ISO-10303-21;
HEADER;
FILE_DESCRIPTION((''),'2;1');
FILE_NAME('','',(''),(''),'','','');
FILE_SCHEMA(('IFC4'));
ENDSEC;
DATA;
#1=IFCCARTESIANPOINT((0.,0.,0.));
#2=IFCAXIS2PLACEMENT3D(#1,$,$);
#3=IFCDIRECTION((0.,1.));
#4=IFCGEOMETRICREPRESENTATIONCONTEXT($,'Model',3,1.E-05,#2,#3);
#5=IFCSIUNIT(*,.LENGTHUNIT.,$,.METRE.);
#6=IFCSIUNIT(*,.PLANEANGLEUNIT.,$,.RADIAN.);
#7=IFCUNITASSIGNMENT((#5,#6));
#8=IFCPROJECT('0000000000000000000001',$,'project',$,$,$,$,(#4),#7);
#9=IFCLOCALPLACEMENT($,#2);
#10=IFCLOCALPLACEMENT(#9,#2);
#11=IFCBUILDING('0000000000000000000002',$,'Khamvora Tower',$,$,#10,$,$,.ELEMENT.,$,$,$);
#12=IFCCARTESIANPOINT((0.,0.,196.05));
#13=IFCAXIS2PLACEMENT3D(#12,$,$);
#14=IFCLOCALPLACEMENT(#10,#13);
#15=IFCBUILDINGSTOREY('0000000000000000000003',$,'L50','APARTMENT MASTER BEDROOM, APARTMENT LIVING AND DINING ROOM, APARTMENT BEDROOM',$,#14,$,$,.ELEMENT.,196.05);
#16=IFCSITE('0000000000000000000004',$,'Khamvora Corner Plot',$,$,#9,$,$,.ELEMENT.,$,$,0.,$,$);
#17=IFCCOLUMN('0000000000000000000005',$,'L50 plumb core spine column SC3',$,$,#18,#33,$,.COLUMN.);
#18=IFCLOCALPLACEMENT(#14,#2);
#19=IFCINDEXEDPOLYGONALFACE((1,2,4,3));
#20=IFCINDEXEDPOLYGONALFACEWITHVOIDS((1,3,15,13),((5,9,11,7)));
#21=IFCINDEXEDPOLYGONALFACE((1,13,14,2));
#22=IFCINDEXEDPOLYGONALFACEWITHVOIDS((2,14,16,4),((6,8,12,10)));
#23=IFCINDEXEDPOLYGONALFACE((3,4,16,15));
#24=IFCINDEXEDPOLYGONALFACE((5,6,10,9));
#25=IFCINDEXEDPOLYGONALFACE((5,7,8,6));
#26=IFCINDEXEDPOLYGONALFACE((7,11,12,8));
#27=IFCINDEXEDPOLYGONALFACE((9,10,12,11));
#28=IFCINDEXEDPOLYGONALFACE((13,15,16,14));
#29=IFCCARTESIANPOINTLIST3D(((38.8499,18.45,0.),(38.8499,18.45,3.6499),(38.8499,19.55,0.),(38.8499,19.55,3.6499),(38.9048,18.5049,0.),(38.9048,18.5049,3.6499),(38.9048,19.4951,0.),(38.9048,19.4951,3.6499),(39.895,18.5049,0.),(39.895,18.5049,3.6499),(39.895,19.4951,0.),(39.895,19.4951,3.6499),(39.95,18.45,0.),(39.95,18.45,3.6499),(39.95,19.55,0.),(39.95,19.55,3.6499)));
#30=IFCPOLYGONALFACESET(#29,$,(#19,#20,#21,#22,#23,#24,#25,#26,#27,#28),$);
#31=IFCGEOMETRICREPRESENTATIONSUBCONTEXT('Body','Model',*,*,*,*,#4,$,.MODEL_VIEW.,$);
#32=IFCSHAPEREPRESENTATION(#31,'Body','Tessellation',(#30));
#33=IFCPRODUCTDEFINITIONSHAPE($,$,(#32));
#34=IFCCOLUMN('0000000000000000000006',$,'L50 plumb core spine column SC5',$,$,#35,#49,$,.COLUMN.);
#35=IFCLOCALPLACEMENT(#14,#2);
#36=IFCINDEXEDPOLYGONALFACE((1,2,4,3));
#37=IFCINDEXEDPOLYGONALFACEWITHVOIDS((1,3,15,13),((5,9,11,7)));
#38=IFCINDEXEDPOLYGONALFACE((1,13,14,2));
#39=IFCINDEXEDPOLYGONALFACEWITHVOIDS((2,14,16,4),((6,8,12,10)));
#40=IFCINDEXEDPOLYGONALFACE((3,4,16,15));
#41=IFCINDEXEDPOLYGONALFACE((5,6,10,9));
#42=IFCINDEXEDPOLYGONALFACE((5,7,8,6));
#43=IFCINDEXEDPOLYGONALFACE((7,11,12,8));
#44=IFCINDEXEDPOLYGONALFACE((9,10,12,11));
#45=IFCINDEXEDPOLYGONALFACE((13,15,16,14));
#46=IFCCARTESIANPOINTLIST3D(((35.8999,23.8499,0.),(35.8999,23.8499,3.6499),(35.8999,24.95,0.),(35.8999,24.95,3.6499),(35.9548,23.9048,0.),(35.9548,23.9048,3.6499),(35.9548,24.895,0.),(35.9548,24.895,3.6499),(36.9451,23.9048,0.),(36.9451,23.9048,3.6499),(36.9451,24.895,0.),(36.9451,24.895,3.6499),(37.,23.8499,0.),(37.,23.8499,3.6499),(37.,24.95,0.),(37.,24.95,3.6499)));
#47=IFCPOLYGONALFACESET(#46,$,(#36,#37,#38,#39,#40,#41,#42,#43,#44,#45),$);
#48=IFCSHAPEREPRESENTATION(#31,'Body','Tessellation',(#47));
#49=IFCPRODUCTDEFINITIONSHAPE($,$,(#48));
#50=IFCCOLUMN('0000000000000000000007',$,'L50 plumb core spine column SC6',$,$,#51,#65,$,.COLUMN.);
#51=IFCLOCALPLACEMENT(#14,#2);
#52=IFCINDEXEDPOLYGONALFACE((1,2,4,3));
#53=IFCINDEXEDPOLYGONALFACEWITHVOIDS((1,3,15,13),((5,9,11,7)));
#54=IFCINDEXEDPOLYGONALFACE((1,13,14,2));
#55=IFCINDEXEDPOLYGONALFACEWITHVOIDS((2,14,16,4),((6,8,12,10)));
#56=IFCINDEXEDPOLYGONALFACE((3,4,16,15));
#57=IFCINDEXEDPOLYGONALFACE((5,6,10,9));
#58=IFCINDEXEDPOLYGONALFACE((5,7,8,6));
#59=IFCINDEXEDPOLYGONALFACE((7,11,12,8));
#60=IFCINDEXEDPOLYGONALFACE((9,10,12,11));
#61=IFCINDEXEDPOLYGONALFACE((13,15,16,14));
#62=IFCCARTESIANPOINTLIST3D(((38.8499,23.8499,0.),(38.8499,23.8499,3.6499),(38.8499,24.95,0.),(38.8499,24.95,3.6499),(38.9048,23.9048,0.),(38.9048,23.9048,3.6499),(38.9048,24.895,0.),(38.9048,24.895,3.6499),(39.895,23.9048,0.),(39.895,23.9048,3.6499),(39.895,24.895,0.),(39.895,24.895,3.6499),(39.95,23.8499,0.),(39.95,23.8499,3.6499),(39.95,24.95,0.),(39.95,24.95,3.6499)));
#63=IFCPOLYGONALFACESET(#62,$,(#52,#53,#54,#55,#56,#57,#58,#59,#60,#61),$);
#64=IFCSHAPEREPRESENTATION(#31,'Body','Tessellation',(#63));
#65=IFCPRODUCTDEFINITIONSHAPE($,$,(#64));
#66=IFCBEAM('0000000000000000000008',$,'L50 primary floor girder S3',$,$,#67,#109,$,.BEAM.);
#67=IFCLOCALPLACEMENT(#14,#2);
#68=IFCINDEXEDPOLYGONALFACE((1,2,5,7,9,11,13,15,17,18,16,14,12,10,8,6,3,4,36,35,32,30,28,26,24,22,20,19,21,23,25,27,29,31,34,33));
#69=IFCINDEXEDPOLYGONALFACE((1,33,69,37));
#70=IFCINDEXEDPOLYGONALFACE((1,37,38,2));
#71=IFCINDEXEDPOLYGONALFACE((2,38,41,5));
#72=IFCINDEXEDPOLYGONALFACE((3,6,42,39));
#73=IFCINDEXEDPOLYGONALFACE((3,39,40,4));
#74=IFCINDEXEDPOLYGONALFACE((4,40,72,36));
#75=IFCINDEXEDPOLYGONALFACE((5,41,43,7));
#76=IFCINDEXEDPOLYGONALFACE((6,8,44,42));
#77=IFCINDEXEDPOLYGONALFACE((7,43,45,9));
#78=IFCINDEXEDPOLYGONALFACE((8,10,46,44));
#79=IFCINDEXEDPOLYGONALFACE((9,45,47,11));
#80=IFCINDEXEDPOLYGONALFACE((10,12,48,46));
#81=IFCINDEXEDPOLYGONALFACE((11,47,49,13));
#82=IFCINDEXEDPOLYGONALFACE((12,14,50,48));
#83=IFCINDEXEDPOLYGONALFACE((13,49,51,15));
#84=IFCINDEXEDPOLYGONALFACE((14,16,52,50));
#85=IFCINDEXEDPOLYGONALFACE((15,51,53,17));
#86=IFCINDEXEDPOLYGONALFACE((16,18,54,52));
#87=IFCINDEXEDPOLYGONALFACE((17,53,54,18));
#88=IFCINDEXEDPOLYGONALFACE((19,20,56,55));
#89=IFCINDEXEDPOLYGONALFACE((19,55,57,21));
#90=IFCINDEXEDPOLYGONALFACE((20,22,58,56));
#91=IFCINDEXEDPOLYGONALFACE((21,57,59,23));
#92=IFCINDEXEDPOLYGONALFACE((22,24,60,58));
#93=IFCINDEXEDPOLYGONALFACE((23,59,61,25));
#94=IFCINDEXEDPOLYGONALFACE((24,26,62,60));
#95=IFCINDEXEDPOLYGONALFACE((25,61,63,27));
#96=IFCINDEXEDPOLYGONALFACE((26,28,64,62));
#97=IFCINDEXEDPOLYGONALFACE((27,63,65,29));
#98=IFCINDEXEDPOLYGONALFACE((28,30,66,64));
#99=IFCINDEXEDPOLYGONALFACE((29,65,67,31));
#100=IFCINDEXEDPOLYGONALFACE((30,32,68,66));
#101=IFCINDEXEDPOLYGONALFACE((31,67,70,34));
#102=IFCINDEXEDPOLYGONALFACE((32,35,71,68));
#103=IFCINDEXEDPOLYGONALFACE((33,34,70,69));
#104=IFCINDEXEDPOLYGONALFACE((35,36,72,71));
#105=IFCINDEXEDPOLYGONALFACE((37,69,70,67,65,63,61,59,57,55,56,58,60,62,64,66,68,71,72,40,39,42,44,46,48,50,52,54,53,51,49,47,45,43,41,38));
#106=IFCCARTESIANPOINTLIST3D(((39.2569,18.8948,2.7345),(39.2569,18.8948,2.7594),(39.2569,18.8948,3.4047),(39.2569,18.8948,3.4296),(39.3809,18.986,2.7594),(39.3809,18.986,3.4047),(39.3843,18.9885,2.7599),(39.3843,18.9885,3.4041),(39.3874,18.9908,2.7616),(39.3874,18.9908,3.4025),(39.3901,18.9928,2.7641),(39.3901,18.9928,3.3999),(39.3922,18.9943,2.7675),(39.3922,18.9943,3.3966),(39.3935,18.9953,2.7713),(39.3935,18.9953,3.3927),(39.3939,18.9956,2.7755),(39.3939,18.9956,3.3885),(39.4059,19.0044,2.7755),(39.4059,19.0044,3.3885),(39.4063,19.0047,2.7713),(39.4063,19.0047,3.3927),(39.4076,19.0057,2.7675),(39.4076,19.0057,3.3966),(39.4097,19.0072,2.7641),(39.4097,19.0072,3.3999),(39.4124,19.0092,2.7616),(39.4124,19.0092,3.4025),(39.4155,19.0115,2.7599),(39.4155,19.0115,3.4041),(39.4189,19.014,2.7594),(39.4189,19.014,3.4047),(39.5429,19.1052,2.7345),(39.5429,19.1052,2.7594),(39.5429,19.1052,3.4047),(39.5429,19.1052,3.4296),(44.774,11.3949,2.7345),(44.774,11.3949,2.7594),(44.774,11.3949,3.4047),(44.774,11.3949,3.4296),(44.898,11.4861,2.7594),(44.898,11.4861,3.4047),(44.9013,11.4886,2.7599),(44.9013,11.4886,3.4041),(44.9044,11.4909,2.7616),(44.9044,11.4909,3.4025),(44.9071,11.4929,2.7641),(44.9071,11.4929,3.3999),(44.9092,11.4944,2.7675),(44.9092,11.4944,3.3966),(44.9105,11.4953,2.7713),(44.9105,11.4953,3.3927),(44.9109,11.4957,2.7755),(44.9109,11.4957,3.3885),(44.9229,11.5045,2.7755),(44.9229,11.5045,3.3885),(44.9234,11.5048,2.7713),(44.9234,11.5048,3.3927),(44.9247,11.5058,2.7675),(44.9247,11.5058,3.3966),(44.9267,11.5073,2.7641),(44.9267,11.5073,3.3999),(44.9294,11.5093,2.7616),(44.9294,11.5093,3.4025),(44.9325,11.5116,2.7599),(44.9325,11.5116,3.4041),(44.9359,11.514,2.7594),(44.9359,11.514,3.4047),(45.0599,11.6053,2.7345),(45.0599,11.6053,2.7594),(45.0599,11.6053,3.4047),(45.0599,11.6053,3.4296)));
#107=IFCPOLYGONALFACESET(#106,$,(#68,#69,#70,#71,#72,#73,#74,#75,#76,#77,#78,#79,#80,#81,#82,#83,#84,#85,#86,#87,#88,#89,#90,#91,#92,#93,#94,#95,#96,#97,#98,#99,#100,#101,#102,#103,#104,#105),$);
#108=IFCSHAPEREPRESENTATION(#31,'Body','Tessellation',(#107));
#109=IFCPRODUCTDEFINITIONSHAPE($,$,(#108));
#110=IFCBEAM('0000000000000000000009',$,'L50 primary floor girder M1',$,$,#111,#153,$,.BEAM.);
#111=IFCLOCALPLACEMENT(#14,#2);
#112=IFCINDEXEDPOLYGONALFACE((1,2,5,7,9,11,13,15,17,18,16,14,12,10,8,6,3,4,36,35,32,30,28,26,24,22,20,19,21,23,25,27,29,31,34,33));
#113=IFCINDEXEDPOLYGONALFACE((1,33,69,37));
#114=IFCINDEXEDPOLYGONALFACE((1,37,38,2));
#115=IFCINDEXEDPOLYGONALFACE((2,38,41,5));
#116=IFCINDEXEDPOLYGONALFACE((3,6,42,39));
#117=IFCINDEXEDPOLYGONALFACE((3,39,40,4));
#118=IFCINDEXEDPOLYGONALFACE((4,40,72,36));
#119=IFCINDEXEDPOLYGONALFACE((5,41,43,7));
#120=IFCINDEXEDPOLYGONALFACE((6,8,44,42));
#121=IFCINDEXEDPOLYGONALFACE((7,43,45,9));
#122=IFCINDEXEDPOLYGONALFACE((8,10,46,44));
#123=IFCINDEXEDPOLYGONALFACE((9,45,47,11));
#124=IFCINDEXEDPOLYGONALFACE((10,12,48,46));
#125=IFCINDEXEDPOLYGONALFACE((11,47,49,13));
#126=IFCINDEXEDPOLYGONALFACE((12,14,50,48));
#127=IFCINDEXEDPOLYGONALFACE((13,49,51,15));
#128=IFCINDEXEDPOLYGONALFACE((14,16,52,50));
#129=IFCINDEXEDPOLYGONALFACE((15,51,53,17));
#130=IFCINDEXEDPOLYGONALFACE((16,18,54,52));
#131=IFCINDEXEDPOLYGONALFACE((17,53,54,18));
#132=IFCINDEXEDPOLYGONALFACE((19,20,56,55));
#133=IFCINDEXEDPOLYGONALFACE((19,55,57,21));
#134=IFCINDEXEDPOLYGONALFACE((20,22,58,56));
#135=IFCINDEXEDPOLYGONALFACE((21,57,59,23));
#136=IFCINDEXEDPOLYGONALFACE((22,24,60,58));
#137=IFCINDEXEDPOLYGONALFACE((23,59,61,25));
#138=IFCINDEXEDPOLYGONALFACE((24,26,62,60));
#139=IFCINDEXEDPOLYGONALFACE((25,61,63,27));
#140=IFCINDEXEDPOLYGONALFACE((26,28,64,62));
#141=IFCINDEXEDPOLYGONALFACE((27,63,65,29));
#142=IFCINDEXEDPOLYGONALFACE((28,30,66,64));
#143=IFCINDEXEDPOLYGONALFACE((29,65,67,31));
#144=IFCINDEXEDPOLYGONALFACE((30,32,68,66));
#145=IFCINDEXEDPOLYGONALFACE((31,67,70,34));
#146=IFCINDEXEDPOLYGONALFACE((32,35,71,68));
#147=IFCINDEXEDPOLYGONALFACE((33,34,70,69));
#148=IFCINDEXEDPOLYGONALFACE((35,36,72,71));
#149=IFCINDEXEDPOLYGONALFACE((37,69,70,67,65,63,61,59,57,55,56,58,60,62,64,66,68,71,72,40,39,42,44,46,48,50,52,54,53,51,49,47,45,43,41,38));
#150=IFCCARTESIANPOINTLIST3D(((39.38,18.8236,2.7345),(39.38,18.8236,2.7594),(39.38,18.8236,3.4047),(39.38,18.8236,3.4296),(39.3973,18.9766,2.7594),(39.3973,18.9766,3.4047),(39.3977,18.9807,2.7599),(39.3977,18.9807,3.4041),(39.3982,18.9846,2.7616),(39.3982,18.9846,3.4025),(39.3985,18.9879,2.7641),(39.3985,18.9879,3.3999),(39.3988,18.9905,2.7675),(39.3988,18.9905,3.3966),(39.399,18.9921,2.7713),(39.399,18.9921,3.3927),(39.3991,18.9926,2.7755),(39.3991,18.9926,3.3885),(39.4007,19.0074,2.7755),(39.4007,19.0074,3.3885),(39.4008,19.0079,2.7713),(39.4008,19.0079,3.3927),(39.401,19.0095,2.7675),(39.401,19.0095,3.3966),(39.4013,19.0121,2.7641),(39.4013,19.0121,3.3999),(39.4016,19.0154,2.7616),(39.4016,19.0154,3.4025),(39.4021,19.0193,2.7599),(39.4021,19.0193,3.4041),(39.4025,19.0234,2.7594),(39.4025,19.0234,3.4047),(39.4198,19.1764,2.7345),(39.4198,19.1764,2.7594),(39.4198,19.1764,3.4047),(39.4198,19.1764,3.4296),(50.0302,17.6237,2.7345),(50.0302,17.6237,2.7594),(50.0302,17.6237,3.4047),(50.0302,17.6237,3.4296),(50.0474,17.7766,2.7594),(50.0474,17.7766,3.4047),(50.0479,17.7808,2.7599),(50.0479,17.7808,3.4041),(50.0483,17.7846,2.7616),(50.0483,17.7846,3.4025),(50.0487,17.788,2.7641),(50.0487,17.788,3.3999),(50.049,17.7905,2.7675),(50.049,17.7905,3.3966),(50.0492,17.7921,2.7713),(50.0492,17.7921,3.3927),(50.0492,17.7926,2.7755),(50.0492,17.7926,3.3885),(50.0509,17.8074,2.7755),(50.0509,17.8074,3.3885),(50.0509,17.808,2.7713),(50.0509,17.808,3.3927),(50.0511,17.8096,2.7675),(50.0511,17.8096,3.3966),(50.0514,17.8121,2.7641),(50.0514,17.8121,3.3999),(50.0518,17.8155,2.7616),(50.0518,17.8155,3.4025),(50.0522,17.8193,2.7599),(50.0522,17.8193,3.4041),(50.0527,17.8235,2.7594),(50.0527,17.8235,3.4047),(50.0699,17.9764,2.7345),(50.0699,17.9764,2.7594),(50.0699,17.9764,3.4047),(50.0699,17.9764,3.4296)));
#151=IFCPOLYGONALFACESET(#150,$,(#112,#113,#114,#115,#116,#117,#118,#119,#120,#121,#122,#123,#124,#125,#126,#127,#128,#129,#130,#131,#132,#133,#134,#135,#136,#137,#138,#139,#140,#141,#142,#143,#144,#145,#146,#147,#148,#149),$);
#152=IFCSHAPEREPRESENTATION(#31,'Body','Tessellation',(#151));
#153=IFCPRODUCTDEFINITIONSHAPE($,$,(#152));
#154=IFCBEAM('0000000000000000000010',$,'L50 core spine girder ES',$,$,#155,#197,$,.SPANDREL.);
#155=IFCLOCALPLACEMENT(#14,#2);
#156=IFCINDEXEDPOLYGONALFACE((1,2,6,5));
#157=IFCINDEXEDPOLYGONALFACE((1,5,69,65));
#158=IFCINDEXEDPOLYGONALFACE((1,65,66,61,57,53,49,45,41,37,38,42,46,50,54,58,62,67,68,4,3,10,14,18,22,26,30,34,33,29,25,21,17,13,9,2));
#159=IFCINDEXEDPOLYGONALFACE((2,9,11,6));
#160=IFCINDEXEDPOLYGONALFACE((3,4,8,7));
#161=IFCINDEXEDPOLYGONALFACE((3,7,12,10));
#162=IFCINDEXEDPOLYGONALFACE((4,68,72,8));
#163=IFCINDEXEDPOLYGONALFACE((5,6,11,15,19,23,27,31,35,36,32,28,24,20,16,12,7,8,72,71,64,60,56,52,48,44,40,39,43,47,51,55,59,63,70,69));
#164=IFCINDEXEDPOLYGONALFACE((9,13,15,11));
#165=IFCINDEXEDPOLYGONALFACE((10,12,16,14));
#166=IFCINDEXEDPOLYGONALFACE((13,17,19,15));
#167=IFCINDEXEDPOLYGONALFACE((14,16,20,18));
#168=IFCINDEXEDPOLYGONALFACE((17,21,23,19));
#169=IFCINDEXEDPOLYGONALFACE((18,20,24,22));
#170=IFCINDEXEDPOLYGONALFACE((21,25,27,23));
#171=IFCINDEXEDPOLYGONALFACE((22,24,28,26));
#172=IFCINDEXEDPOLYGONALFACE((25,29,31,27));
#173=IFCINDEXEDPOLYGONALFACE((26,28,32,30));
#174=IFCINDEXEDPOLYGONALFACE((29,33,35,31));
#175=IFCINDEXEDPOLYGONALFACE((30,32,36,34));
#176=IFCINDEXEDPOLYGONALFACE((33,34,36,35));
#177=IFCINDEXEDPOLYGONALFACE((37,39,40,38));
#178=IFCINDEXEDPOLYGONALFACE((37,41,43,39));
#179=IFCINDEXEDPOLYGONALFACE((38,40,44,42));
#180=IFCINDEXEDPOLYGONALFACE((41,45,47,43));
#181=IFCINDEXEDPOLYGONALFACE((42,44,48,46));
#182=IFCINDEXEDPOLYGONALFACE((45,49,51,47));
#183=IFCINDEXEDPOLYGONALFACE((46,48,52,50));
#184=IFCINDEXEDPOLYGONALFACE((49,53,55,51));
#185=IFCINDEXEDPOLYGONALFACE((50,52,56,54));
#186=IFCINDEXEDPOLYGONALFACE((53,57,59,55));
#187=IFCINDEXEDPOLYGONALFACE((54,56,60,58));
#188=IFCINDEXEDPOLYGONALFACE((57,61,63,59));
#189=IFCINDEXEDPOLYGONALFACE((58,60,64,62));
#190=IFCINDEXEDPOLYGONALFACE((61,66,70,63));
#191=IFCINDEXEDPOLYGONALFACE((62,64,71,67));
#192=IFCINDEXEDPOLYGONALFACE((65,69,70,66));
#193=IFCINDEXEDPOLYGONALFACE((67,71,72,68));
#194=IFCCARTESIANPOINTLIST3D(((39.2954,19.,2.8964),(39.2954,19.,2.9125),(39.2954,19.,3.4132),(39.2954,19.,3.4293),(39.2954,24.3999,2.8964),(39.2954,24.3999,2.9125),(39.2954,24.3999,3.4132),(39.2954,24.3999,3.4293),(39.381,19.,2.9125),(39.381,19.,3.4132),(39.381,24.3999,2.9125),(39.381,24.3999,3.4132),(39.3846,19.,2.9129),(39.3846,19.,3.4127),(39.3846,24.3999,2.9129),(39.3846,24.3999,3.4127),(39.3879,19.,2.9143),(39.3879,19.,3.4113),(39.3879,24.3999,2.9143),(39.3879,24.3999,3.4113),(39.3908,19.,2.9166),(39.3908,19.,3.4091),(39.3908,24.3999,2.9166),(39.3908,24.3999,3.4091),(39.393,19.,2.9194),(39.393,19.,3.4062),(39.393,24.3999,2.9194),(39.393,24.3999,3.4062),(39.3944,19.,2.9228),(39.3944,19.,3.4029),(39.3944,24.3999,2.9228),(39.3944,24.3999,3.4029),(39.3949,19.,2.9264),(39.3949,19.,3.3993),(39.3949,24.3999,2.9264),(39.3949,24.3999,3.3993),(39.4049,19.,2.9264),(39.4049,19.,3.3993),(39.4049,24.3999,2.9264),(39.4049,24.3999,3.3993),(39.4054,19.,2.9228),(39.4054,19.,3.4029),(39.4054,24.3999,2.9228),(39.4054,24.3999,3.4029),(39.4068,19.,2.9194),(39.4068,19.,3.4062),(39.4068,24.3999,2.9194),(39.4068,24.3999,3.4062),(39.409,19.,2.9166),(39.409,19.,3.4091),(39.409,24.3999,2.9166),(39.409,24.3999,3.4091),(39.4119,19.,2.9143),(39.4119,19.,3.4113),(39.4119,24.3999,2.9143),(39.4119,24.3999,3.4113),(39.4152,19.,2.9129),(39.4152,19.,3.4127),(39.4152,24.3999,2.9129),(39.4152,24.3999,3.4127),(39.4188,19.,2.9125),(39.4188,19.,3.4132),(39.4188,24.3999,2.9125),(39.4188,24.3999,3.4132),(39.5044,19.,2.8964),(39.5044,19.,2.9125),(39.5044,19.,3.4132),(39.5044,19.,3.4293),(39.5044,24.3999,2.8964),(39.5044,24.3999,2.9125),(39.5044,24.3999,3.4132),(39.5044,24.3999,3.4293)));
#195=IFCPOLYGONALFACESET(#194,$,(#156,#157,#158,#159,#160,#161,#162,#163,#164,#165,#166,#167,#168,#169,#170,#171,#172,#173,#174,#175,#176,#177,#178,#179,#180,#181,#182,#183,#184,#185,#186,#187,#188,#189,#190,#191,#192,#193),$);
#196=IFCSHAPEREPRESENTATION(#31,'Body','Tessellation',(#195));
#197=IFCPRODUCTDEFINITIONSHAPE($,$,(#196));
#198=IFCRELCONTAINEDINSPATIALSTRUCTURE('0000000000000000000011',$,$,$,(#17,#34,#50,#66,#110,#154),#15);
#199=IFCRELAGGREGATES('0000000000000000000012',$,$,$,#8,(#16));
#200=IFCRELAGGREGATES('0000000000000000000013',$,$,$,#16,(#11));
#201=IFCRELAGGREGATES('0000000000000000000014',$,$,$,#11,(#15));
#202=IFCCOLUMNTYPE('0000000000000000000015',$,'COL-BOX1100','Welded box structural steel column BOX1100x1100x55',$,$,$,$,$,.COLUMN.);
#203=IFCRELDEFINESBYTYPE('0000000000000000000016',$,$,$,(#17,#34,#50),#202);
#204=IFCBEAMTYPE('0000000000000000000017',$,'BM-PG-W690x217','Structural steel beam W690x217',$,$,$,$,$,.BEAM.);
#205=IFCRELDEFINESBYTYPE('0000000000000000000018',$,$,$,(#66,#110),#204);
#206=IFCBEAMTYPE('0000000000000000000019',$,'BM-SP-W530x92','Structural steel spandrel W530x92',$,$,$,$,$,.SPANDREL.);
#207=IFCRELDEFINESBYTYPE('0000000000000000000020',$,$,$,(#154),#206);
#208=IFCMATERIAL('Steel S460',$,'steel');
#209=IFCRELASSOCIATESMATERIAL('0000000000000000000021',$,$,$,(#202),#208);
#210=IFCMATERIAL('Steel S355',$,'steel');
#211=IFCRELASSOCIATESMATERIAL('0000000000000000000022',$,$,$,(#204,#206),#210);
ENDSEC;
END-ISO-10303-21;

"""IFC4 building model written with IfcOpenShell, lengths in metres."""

from ifc_helpers import new_model, si_unit, direction, frame, origin, origin_2d, place, context, subcontext, project, spatial, hollow_rectangle, i_section, extrude, material, material_profile, profile_set, type_object, element, save


model = new_model("IFC4")

# Units and contexts
model_context = context("Model", 3, precision=1e-05, world=origin(), true_north=direction((0.0, 1.0)))
body_context = subcontext(model_context, "Body", "Model", "MODEL_VIEW")
ifc_project = project(units=[si_unit("LENGTHUNIT", "METRE"), si_unit("PLANEANGLEUNIT", "RADIAN")], contexts=[model_context])

# Site, building, storey
site_placement = place(None, origin())
site = spatial("IfcSite", under=ifc_project, at=site_placement, Name="Khamvora Corner Plot", CompositionType="ELEMENT", RefElevation=0.0)
building_placement = place(site_placement, origin())
building = spatial("IfcBuilding", under=site, at=building_placement, Name="Khamvora Tower", CompositionType="ELEMENT")
storey_placement = place(building_placement, frame((0.0, 0.0, 196.05)))
storey = spatial("IfcBuildingStorey", under=building, at=storey_placement, Name="L50", Description="APARTMENT MASTER BEDROOM, APARTMENT LIVING AND DINING ROOM, APARTMENT BEDROOM", CompositionType="ELEMENT", Elevation=196.05)

# Columns
ifc_material_1 = material(Name="Steel S460", Category="steel")
ifc_material_profile_1 = material_profile(ifc_material_1, hollow_rectangle(XDim=1.1001, YDim=1.1001, WallThickness=0.0549, at=origin_2d()), Name="BOX1100x1100x55")
ifc_profile_set_1 = profile_set([ifc_material_profile_1], Name="Steel S460")
column_type = type_object("IfcColumnType", Name="COL-BOX1100", Description="Welded box structural steel column BOX1100x1100x55", PredefinedType="COLUMN", material=ifc_profile_set_1)
for number, where, z_axis, x_axis, name in (
    (1, (39.3999, 19.0, 0.0), (0.0, 0.0, 1.0), (1.0, 0.0, 0.0), "L50 plumb core spine column SC3"),
    (2, (36.45, 24.3999, 0.0), (0.0, 0.0, 1.0), (1.0, 0.0, 0.0), "L50 plumb core spine column SC5"),
    (3, (39.3999, 24.3999, 0.0), (0.0, 0.0, 1.0), (1.0, 0.0, 0.0), "L50 plumb core spine column SC6"),
):
    element("IfcColumn", number, at=place(storey_placement, frame(where, z_axis=z_axis, x_axis=x_axis)), inside=storey, type_object=column_type, Name=name, PredefinedType="COLUMN", context=body_context, shape_type="SweptSolid", body=[
        extrude(hollow_rectangle(XDim=1.1001, YDim=1.1001, WallThickness=0.0549, at=origin_2d()), origin(), (0.0, 0.0, 1.0), 3.6499),
    ])

# Beams
ifc_material_2 = material(Name="Steel S355", Category="steel")
ifc_material_profile_2 = material_profile(ifc_material_2, i_section(OverallWidth=0.355, OverallDepth=0.6951, WebThickness=0.0149, FlangeThickness=0.0249, FilletRadius=0.0161, at=origin_2d()), Name="W690x217")
ifc_profile_set_2 = profile_set([ifc_material_profile_2], Name="Steel S355")
beam_type_1 = type_object("IfcBeamType", Name="BM-PG-W690x217", Description="Structural steel beam W690x217", PredefinedType="BEAM", material=ifc_profile_set_2)
beam_1_placement = place(storey_placement, frame((39.3999, 19.0, 3.082), z_axis=(0.592557, -0.805529, 0.0), x_axis=(0.805529, 0.592557, 0.0)))
element("IfcBeam", 4, at=beam_1_placement, inside=storey, type_object=beam_type_1, Name="L50 primary floor girder S3", PredefinedType="BEAM", context=body_context, shape_type="SweptSolid", body=[
    extrude(i_section(OverallWidth=0.355, OverallDepth=0.6951, WebThickness=0.0149, FlangeThickness=0.0249, FilletRadius=0.0161, at=origin_2d()), origin(), (0.0, 0.0, 1.0), 9.3105),
])
beam_2_placement = place(storey_placement, frame((39.3999, 19.0, 3.082), z_axis=(0.993713, -0.111962, 0.0), x_axis=(0.111962, 0.993713, 0.0)))
element("IfcBeam", 5, at=beam_2_placement, inside=storey, type_object=beam_type_1, Name="L50 primary floor girder M1", PredefinedType="BEAM", context=body_context, shape_type="SweptSolid", body=[
    extrude(i_section(OverallWidth=0.355, OverallDepth=0.6951, WebThickness=0.0149, FlangeThickness=0.0249, FilletRadius=0.0161, at=origin_2d()), origin(), (0.0, 0.0, 1.0), 10.7175),
])
ifc_material_profile_3 = material_profile(ifc_material_2, i_section(OverallWidth=0.209, OverallDepth=0.533, WebThickness=0.01, FlangeThickness=0.0161, FilletRadius=0.0139, at=origin_2d()), Name="W530x92")
ifc_profile_set_3 = profile_set([ifc_material_profile_3], Name="Steel S355")
beam_type_2 = type_object("IfcBeamType", Name="BM-SP-W530x92", Description="Structural steel spandrel W530x92", PredefinedType="SPANDREL", material=ifc_profile_set_3)
beam_3_placement = place(storey_placement, frame((39.3999, 19.0, 3.1628), z_axis=(0.0, 1.0, 0.0), x_axis=(-1.0, 0.0, 0.0)))
element("IfcBeam", 6, at=beam_3_placement, inside=storey, type_object=beam_type_2, Name="L50 core spine girder ES", PredefinedType="SPANDREL", context=body_context, shape_type="SweptSolid", body=[
    extrude(i_section(OverallWidth=0.209, OverallDepth=0.533, WebThickness=0.01, FlangeThickness=0.0161, FilletRadius=0.0139, at=origin_2d()), origin(), (0.0, 0.0, 1.0), 5.3999),
])

save(model, "model.ifc")
